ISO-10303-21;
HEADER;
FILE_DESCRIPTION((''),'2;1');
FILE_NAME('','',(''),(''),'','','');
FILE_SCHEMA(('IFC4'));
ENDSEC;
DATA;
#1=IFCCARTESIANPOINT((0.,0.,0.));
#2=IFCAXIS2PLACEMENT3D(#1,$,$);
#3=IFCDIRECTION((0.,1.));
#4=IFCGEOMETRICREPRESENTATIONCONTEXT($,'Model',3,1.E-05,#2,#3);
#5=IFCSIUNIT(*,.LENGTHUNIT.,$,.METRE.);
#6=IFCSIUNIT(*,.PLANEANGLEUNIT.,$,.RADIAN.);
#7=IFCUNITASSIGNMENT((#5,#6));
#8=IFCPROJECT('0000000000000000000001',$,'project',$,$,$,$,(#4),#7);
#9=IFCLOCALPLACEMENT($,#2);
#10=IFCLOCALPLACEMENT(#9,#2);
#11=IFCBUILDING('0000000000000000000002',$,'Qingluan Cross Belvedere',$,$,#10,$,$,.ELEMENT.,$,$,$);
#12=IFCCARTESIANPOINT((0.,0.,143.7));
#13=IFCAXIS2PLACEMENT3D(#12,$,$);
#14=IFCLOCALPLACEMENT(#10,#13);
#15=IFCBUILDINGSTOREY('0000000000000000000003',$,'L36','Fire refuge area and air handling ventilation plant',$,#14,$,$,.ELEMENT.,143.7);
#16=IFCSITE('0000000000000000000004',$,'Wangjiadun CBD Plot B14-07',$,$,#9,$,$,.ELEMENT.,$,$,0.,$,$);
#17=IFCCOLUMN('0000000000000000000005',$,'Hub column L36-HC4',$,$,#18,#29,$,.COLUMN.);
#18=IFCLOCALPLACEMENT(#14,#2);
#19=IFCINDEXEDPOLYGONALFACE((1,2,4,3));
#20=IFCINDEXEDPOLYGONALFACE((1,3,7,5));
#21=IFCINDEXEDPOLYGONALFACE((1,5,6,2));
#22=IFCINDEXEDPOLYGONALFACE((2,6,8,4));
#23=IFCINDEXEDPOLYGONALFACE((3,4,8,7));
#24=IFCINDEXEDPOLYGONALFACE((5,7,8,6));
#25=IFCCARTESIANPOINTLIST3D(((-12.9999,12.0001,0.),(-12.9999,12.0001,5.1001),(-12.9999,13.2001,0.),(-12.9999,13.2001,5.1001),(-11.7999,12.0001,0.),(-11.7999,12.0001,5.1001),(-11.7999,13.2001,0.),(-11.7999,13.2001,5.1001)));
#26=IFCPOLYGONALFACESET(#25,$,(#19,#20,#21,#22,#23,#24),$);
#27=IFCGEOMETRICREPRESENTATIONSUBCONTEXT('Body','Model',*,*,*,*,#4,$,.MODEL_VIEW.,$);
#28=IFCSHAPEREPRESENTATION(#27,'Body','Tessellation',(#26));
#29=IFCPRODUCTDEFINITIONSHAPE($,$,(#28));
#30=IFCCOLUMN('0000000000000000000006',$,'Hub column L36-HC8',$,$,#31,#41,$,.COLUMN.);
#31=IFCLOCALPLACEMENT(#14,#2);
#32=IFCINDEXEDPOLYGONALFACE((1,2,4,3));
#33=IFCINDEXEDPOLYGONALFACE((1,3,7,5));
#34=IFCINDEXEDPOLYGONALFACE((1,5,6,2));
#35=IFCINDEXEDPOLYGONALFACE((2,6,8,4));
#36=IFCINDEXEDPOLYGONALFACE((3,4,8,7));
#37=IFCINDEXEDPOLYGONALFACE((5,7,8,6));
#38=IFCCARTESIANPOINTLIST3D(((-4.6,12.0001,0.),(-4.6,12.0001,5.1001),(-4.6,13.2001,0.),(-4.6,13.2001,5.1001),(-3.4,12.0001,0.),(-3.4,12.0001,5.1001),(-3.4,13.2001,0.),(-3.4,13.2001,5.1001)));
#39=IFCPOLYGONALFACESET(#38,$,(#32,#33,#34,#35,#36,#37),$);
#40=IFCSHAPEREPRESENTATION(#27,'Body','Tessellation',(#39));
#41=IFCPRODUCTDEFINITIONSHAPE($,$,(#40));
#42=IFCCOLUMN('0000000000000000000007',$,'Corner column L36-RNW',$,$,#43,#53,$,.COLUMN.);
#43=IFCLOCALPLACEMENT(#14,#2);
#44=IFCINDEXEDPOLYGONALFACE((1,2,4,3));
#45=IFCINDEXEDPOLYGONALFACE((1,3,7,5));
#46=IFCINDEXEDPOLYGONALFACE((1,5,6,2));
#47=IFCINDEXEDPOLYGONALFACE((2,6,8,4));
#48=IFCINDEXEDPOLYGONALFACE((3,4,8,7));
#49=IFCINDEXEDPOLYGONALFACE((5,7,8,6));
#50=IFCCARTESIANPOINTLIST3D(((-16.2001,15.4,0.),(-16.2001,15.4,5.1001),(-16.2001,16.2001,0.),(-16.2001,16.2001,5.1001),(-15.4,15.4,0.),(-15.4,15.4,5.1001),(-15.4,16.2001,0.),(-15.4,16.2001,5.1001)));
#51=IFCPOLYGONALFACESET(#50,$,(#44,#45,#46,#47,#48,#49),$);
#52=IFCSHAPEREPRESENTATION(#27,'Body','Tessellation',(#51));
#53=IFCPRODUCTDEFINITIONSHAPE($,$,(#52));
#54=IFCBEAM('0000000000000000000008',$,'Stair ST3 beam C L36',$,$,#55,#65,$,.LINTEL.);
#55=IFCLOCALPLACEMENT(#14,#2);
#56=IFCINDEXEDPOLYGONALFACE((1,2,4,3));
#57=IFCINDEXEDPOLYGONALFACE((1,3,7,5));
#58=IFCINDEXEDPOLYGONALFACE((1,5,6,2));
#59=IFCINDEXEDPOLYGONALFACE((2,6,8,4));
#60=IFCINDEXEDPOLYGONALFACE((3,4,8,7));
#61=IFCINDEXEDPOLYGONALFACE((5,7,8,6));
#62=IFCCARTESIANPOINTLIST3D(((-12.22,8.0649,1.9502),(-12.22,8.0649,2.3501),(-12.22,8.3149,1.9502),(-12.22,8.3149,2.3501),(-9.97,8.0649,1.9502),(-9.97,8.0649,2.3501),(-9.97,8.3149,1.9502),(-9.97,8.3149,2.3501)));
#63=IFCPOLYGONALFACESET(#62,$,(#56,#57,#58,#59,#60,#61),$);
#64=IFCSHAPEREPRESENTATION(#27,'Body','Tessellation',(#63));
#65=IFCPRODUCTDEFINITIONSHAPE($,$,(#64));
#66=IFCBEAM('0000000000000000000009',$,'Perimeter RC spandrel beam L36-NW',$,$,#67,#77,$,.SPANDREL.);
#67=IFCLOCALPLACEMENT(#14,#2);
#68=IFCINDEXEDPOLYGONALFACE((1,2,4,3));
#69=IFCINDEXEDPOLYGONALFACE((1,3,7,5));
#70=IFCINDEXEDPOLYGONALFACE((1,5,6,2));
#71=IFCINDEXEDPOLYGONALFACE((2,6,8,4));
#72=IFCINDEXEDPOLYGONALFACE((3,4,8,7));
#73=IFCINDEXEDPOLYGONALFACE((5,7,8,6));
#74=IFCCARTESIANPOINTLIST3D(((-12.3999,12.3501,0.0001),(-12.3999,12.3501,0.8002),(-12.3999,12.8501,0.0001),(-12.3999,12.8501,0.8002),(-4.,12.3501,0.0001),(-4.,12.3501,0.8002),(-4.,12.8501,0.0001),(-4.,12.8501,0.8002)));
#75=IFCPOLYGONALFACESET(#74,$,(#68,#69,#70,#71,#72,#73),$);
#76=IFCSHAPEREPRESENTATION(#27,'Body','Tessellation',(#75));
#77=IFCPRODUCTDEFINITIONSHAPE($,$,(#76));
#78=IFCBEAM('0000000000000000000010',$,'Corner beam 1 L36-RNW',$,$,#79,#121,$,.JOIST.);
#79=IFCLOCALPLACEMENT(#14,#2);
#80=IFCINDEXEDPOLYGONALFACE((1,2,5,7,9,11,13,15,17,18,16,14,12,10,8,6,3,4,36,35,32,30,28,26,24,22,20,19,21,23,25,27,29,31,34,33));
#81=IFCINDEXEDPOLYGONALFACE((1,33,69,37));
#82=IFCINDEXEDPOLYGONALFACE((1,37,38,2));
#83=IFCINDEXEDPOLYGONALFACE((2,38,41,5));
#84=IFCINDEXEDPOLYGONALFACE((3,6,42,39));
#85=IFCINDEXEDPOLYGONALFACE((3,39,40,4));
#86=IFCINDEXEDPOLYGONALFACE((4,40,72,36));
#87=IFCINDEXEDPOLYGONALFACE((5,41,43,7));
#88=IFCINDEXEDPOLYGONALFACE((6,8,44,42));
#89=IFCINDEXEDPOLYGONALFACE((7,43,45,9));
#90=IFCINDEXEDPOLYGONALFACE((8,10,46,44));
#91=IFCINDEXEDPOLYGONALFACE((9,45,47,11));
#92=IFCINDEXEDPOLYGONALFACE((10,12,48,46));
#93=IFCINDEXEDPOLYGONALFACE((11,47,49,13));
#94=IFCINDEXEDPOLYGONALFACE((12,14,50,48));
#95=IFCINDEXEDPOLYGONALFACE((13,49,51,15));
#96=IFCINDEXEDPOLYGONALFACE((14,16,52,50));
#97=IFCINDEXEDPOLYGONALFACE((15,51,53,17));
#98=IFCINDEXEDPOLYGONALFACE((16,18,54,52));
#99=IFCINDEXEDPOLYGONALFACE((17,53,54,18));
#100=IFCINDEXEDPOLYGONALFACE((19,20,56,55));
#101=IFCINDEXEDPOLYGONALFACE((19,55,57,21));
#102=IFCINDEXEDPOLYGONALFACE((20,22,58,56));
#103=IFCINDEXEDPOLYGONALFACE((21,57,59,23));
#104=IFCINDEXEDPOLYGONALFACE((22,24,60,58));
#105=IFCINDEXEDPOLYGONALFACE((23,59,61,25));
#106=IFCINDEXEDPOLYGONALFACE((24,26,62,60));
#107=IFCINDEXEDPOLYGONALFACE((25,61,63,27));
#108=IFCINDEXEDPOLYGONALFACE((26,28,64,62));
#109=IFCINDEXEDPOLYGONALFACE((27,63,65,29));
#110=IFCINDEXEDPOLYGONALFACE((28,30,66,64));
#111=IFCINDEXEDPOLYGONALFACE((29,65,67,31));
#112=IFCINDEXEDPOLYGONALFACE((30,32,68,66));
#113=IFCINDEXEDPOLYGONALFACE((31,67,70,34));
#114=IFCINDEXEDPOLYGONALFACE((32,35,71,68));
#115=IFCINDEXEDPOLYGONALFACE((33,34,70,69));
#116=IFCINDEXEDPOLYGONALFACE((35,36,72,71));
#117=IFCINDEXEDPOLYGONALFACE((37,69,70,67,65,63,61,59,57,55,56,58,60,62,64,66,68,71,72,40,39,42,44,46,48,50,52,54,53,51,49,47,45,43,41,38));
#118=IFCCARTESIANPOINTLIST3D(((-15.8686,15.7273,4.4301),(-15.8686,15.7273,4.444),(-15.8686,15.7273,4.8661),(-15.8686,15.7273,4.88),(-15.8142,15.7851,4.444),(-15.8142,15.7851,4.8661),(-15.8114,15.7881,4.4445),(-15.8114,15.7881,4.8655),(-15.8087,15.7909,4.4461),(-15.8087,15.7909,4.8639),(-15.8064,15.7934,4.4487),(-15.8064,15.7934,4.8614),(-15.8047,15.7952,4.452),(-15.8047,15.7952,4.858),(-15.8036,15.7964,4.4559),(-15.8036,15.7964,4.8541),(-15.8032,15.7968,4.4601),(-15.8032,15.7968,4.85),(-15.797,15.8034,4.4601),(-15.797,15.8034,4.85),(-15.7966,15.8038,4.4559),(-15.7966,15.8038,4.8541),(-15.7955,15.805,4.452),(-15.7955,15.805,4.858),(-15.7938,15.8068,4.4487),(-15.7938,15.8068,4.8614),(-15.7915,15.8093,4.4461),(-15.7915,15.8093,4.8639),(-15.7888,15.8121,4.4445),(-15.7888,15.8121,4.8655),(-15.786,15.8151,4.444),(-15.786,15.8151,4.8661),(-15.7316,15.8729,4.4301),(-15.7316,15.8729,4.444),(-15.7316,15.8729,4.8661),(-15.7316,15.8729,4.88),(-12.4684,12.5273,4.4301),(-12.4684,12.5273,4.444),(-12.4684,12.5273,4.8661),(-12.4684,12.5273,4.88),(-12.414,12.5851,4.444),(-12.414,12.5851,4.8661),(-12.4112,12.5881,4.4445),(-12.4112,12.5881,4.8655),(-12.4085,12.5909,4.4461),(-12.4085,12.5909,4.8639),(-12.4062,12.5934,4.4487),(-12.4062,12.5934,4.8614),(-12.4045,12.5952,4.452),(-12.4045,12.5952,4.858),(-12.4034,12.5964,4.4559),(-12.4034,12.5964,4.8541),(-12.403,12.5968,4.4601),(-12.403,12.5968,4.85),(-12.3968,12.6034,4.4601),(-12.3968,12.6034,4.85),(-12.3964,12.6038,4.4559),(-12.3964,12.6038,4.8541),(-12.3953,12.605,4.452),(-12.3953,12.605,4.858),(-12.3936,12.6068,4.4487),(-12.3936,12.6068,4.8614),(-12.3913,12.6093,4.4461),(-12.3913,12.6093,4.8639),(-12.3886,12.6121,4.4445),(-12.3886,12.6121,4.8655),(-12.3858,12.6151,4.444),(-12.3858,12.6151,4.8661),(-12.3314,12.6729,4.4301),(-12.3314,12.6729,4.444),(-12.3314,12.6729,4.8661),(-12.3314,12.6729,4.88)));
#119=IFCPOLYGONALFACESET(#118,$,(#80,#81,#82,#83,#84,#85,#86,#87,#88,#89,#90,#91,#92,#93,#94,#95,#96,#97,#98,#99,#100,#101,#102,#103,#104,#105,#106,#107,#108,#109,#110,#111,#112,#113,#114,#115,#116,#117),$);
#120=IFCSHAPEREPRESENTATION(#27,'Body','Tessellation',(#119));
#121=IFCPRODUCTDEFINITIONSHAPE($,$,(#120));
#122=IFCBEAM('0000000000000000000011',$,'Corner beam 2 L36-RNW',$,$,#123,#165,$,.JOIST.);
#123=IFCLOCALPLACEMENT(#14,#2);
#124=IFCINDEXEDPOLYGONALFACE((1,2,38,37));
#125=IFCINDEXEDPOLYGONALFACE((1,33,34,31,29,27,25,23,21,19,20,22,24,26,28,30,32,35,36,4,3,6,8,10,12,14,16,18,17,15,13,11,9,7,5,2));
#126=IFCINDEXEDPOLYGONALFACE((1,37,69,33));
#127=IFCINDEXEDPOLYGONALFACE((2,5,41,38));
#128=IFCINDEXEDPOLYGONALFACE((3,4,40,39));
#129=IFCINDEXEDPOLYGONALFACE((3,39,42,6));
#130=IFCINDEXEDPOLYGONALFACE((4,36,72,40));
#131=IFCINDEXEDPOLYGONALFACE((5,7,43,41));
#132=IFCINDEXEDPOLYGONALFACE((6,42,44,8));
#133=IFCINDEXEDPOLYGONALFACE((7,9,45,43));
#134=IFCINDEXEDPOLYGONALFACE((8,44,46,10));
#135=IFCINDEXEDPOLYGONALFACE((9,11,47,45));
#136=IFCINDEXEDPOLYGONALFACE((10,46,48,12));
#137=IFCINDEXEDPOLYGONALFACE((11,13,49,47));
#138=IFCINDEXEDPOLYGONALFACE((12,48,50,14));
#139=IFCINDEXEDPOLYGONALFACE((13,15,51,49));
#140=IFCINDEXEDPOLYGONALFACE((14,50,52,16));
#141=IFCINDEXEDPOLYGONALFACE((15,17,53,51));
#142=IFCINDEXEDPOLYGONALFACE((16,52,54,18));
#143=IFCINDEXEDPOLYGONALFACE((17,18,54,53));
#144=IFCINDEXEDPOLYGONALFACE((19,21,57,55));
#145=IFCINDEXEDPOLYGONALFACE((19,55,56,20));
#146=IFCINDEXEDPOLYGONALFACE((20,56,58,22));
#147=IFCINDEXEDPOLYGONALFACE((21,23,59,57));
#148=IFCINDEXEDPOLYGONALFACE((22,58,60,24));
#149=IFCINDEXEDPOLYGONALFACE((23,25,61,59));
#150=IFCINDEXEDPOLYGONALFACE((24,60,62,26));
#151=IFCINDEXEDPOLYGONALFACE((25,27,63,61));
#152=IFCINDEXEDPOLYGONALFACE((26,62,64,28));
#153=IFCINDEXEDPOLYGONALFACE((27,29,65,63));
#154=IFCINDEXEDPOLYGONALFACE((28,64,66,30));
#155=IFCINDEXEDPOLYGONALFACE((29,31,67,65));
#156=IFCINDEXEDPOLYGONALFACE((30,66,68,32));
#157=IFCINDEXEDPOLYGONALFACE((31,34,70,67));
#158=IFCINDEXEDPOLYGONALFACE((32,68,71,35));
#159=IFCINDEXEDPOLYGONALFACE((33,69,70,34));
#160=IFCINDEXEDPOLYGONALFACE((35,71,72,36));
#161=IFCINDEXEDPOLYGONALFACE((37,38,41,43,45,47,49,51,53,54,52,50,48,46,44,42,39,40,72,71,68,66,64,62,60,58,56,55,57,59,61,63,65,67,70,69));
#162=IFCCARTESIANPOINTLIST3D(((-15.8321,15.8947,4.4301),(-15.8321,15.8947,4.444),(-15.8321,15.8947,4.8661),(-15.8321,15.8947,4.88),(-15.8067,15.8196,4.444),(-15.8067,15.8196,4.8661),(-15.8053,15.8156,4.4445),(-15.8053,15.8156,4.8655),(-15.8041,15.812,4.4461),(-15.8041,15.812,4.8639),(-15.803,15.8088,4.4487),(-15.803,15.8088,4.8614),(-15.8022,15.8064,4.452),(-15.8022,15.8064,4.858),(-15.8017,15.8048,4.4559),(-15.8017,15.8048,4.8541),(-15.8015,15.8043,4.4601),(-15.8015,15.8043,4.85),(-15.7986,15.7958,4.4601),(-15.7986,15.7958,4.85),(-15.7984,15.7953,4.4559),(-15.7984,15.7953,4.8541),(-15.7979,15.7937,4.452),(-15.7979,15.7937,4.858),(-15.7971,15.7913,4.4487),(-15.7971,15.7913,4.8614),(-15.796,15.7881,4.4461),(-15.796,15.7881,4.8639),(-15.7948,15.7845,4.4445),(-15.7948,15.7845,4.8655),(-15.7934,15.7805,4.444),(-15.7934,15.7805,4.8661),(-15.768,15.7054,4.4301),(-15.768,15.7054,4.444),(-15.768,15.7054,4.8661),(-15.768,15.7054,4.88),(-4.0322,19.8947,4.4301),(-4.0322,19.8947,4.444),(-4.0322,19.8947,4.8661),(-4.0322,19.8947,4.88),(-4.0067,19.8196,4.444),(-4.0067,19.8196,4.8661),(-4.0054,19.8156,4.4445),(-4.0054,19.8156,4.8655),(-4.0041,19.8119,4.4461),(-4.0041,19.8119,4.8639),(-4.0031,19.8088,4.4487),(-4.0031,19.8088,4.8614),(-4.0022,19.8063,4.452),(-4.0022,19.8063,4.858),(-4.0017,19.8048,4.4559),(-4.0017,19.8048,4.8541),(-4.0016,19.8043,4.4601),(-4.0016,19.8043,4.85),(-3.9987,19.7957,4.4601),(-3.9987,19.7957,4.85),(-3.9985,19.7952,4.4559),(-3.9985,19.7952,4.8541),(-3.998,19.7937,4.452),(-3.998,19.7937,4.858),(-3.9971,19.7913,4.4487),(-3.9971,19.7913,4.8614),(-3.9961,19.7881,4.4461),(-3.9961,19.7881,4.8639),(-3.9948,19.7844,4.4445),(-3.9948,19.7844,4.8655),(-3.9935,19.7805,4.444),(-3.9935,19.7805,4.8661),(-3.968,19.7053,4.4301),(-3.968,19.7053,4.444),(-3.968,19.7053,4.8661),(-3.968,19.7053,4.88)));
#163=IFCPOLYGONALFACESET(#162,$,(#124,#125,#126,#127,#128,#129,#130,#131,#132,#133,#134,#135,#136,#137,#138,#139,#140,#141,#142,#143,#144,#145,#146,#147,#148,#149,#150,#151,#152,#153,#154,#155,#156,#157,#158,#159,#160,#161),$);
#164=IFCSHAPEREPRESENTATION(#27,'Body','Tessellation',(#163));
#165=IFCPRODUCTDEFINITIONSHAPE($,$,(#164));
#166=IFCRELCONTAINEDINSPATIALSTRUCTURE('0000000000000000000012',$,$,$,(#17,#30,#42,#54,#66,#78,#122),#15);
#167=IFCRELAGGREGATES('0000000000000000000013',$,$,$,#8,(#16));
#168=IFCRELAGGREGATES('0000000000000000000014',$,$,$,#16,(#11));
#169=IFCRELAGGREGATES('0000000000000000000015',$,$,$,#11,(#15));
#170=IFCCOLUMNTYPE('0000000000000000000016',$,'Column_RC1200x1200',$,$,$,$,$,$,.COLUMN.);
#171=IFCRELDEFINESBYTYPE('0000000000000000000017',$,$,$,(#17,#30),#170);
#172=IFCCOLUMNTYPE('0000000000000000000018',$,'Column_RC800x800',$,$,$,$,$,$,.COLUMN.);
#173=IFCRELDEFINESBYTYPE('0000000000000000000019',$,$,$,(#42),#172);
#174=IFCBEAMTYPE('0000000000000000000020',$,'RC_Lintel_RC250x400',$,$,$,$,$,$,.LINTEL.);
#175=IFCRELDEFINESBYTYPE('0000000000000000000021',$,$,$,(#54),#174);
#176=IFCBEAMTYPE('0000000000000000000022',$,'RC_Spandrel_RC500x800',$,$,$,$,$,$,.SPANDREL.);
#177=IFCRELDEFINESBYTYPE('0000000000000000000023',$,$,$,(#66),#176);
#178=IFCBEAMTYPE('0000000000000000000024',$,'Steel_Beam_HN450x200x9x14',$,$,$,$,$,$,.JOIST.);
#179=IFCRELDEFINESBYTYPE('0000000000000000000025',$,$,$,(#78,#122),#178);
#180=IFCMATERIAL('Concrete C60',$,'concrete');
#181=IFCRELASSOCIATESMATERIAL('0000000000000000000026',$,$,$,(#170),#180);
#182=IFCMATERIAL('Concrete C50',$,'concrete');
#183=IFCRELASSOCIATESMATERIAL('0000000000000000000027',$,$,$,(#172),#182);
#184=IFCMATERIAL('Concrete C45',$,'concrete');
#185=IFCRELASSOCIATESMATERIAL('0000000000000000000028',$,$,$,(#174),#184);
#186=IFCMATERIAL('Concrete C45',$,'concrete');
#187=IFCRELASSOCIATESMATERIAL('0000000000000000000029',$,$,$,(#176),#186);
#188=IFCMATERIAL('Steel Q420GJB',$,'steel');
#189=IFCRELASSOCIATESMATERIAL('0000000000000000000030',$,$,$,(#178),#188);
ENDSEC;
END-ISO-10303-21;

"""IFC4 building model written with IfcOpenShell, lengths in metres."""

from ifc_helpers import new_model, si_unit, direction, frame, origin, origin_2d, place, context, subcontext, project, spatial, rectangle, i_section, extrude, material, material_profile, profile_set, type_object, element, save


model = new_model("IFC4")

# Units and contexts
model_context = context("Model", 3, precision=1e-05, world=origin(), true_north=direction((0.0, 1.0)))
body_context = subcontext(model_context, "Body", "Model", "MODEL_VIEW")
ifc_project = project(units=[si_unit("LENGTHUNIT", "METRE"), si_unit("PLANEANGLEUNIT", "RADIAN")], contexts=[model_context])

# Site, building, storey
site_placement = place(None, origin())
site = spatial("IfcSite", under=ifc_project, at=site_placement, Name="Wangjiadun CBD Plot B14-07", CompositionType="ELEMENT", RefElevation=0.0)
building_placement = place(site_placement, origin())
building = spatial("IfcBuilding", under=site, at=building_placement, Name="Qingluan Cross Belvedere", CompositionType="ELEMENT")
storey_placement = place(building_placement, frame((0.0, 0.0, 143.7)))
storey = spatial("IfcBuildingStorey", under=building, at=storey_placement, Name="L36", Description="Fire refuge area and air handling ventilation plant", CompositionType="ELEMENT", Elevation=143.7)

# Columns
ifc_material_1 = material(Name="Concrete C60", Category="concrete")
ifc_material_profile_1 = material_profile(ifc_material_1, rectangle(XDim=1.2, YDim=1.2, at=origin_2d()), Name="RC1200x1200")
ifc_profile_set_1 = profile_set([ifc_material_profile_1], Name="Concrete C60")
column_type_1 = type_object("IfcColumnType", Name="Column_RC1200x1200", PredefinedType="COLUMN", material=ifc_profile_set_1)
for number, where, z_axis, x_axis, name in (
    (1, (-12.3999, 12.6001, 0.0), (0.0, 0.0, 1.0), (1.0, 0.0, 0.0), "Hub column L36-HC4"),
    (2, (-4.0, 12.6001, 0.0), (0.0, 0.0, 1.0), (1.0, 0.0, 0.0), "Hub column L36-HC8"),
):
    element("IfcColumn", number, at=place(storey_placement, frame(where, z_axis=z_axis, x_axis=x_axis)), inside=storey, type_object=column_type_1, Name=name, PredefinedType="COLUMN", context=body_context, shape_type="SweptSolid", body=[
        extrude(rectangle(XDim=1.2, YDim=1.2, at=origin_2d()), origin(), (0.0, 0.0, 1.0), 5.1001),
    ])
ifc_material_2 = material(Name="Concrete C50", Category="concrete")
ifc_material_profile_2 = material_profile(ifc_material_2, rectangle(XDim=0.8, YDim=0.8, at=origin_2d()), Name="RC800x800")
ifc_profile_set_2 = profile_set([ifc_material_profile_2], Name="Concrete C50")
column_type_2 = type_object("IfcColumnType", Name="Column_RC800x800", PredefinedType="COLUMN", material=ifc_profile_set_2)
column_placement = place(storey_placement, frame((-15.8, 15.8, 0.0), z_axis=(0.0, 0.0, 1.0), x_axis=(1.0, 0.0, 0.0)))
element("IfcColumn", 3, at=column_placement, inside=storey, type_object=column_type_2, Name="Corner column L36-RNW", PredefinedType="COLUMN", context=body_context, shape_type="SweptSolid", body=[
    extrude(rectangle(XDim=0.8, YDim=0.8, at=origin_2d()), origin(), (0.0, 0.0, 1.0), 5.1001),
])

# Beams
ifc_material_3 = material(Name="Concrete C45", Category="concrete")
ifc_material_profile_3 = material_profile(ifc_material_3, rectangle(XDim=0.25, YDim=0.3999, at=origin_2d()), Name="RC250x400")
ifc_profile_set_3 = profile_set([ifc_material_profile_3], Name="Concrete C45")
beam_type_1 = type_object("IfcBeamType", Name="RC_Lintel_RC250x400", PredefinedType="LINTEL", material=ifc_profile_set_3)
beam_1_placement = place(storey_placement, frame((-12.22, 8.1899, 2.1501), z_axis=(1.0, 0.0, 0.0), x_axis=(0.0, 1.0, 0.0)))
element("IfcBeam", 4, at=beam_1_placement, inside=storey, type_object=beam_type_1, Name="Stair ST3 beam C L36", PredefinedType="LINTEL", context=body_context, shape_type="SweptSolid", body=[
    extrude(rectangle(XDim=0.25, YDim=0.3999, at=origin_2d()), origin(), (0.0, 0.0, 1.0), 2.25),
])
ifc_material_4 = material(Name="Concrete C45", Category="concrete")
ifc_material_profile_4 = material_profile(ifc_material_4, rectangle(XDim=0.5, YDim=0.8, at=origin_2d()), Name="RC500x800")
ifc_profile_set_4 = profile_set([ifc_material_profile_4], Name="Concrete C45")
beam_type_2 = type_object("IfcBeamType", Name="RC_Spandrel_RC500x800", PredefinedType="SPANDREL", material=ifc_profile_set_4)
beam_2_placement = place(storey_placement, frame((-12.3999, 12.6001, 0.4001), z_axis=(1.0, 0.0, 0.0), x_axis=(0.0, 1.0, 0.0)))
element("IfcBeam", 5, at=beam_2_placement, inside=storey, type_object=beam_type_2, Name="Perimeter RC spandrel beam L36-NW", PredefinedType="SPANDREL", context=body_context, shape_type="SweptSolid", body=[
    extrude(rectangle(XDim=0.5, YDim=0.8, at=origin_2d()), origin(), (0.0, 0.0, 1.0), 8.3999),
])
ifc_material_5 = material(Name="Steel Q420GJB", Category="steel")
ifc_material_profile_5 = material_profile(ifc_material_5, i_section(OverallWidth=0.2, OverallDepth=0.45, WebThickness=0.009, FlangeThickness=0.0139, FilletRadius=0.0161, at=origin_2d()), Name="HN450x200x9x14")
ifc_profile_set_5 = profile_set([ifc_material_profile_5], Name="Steel Q420GJB")
beam_type_3 = type_object("IfcBeamType", Name="Steel_Beam_HN450x200x9x14", PredefinedType="JOIST", material=ifc_profile_set_5)
beam_3_placement = place(storey_placement, frame((-12.3999, 12.6001, 4.655), z_axis=(-0.72822, 0.685343, 0.0), x_axis=(-0.685343, -0.72822, 0.0)))
element("IfcBeam", 6, at=beam_3_placement, inside=storey, type_object=beam_type_3, Name="Corner beam 1 L36-RNW", PredefinedType="JOIST", context=body_context, shape_type="SweptSolid", body=[
    extrude(i_section(OverallWidth=0.2, OverallDepth=0.45, WebThickness=0.009, FlangeThickness=0.0139, FilletRadius=0.0161, at=origin_2d()), origin(), (0.0, 0.0, 1.0), 4.6692),
])
for number, where, z_axis, x_axis, name in (
    (7, (-15.8, 15.8, 4.655), (0.947066, 0.321038, 0.0), (-0.321038, 0.947066, 0.0), "Corner beam 2 L36-RNW"),
):
    element("IfcBeam", number, at=place(storey_placement, frame(where, z_axis=z_axis, x_axis=x_axis)), inside=storey, type_object=beam_type_3, Name=name, PredefinedType="JOIST", context=body_context, shape_type="SweptSolid", body=[
        extrude(i_section(OverallWidth=0.2, OverallDepth=0.45, WebThickness=0.009, FlangeThickness=0.0139, FilletRadius=0.0161, at=origin_2d()), origin(), (0.0, 0.0, 1.0), 12.4595),
    ])

save(model, "model.ifc")
